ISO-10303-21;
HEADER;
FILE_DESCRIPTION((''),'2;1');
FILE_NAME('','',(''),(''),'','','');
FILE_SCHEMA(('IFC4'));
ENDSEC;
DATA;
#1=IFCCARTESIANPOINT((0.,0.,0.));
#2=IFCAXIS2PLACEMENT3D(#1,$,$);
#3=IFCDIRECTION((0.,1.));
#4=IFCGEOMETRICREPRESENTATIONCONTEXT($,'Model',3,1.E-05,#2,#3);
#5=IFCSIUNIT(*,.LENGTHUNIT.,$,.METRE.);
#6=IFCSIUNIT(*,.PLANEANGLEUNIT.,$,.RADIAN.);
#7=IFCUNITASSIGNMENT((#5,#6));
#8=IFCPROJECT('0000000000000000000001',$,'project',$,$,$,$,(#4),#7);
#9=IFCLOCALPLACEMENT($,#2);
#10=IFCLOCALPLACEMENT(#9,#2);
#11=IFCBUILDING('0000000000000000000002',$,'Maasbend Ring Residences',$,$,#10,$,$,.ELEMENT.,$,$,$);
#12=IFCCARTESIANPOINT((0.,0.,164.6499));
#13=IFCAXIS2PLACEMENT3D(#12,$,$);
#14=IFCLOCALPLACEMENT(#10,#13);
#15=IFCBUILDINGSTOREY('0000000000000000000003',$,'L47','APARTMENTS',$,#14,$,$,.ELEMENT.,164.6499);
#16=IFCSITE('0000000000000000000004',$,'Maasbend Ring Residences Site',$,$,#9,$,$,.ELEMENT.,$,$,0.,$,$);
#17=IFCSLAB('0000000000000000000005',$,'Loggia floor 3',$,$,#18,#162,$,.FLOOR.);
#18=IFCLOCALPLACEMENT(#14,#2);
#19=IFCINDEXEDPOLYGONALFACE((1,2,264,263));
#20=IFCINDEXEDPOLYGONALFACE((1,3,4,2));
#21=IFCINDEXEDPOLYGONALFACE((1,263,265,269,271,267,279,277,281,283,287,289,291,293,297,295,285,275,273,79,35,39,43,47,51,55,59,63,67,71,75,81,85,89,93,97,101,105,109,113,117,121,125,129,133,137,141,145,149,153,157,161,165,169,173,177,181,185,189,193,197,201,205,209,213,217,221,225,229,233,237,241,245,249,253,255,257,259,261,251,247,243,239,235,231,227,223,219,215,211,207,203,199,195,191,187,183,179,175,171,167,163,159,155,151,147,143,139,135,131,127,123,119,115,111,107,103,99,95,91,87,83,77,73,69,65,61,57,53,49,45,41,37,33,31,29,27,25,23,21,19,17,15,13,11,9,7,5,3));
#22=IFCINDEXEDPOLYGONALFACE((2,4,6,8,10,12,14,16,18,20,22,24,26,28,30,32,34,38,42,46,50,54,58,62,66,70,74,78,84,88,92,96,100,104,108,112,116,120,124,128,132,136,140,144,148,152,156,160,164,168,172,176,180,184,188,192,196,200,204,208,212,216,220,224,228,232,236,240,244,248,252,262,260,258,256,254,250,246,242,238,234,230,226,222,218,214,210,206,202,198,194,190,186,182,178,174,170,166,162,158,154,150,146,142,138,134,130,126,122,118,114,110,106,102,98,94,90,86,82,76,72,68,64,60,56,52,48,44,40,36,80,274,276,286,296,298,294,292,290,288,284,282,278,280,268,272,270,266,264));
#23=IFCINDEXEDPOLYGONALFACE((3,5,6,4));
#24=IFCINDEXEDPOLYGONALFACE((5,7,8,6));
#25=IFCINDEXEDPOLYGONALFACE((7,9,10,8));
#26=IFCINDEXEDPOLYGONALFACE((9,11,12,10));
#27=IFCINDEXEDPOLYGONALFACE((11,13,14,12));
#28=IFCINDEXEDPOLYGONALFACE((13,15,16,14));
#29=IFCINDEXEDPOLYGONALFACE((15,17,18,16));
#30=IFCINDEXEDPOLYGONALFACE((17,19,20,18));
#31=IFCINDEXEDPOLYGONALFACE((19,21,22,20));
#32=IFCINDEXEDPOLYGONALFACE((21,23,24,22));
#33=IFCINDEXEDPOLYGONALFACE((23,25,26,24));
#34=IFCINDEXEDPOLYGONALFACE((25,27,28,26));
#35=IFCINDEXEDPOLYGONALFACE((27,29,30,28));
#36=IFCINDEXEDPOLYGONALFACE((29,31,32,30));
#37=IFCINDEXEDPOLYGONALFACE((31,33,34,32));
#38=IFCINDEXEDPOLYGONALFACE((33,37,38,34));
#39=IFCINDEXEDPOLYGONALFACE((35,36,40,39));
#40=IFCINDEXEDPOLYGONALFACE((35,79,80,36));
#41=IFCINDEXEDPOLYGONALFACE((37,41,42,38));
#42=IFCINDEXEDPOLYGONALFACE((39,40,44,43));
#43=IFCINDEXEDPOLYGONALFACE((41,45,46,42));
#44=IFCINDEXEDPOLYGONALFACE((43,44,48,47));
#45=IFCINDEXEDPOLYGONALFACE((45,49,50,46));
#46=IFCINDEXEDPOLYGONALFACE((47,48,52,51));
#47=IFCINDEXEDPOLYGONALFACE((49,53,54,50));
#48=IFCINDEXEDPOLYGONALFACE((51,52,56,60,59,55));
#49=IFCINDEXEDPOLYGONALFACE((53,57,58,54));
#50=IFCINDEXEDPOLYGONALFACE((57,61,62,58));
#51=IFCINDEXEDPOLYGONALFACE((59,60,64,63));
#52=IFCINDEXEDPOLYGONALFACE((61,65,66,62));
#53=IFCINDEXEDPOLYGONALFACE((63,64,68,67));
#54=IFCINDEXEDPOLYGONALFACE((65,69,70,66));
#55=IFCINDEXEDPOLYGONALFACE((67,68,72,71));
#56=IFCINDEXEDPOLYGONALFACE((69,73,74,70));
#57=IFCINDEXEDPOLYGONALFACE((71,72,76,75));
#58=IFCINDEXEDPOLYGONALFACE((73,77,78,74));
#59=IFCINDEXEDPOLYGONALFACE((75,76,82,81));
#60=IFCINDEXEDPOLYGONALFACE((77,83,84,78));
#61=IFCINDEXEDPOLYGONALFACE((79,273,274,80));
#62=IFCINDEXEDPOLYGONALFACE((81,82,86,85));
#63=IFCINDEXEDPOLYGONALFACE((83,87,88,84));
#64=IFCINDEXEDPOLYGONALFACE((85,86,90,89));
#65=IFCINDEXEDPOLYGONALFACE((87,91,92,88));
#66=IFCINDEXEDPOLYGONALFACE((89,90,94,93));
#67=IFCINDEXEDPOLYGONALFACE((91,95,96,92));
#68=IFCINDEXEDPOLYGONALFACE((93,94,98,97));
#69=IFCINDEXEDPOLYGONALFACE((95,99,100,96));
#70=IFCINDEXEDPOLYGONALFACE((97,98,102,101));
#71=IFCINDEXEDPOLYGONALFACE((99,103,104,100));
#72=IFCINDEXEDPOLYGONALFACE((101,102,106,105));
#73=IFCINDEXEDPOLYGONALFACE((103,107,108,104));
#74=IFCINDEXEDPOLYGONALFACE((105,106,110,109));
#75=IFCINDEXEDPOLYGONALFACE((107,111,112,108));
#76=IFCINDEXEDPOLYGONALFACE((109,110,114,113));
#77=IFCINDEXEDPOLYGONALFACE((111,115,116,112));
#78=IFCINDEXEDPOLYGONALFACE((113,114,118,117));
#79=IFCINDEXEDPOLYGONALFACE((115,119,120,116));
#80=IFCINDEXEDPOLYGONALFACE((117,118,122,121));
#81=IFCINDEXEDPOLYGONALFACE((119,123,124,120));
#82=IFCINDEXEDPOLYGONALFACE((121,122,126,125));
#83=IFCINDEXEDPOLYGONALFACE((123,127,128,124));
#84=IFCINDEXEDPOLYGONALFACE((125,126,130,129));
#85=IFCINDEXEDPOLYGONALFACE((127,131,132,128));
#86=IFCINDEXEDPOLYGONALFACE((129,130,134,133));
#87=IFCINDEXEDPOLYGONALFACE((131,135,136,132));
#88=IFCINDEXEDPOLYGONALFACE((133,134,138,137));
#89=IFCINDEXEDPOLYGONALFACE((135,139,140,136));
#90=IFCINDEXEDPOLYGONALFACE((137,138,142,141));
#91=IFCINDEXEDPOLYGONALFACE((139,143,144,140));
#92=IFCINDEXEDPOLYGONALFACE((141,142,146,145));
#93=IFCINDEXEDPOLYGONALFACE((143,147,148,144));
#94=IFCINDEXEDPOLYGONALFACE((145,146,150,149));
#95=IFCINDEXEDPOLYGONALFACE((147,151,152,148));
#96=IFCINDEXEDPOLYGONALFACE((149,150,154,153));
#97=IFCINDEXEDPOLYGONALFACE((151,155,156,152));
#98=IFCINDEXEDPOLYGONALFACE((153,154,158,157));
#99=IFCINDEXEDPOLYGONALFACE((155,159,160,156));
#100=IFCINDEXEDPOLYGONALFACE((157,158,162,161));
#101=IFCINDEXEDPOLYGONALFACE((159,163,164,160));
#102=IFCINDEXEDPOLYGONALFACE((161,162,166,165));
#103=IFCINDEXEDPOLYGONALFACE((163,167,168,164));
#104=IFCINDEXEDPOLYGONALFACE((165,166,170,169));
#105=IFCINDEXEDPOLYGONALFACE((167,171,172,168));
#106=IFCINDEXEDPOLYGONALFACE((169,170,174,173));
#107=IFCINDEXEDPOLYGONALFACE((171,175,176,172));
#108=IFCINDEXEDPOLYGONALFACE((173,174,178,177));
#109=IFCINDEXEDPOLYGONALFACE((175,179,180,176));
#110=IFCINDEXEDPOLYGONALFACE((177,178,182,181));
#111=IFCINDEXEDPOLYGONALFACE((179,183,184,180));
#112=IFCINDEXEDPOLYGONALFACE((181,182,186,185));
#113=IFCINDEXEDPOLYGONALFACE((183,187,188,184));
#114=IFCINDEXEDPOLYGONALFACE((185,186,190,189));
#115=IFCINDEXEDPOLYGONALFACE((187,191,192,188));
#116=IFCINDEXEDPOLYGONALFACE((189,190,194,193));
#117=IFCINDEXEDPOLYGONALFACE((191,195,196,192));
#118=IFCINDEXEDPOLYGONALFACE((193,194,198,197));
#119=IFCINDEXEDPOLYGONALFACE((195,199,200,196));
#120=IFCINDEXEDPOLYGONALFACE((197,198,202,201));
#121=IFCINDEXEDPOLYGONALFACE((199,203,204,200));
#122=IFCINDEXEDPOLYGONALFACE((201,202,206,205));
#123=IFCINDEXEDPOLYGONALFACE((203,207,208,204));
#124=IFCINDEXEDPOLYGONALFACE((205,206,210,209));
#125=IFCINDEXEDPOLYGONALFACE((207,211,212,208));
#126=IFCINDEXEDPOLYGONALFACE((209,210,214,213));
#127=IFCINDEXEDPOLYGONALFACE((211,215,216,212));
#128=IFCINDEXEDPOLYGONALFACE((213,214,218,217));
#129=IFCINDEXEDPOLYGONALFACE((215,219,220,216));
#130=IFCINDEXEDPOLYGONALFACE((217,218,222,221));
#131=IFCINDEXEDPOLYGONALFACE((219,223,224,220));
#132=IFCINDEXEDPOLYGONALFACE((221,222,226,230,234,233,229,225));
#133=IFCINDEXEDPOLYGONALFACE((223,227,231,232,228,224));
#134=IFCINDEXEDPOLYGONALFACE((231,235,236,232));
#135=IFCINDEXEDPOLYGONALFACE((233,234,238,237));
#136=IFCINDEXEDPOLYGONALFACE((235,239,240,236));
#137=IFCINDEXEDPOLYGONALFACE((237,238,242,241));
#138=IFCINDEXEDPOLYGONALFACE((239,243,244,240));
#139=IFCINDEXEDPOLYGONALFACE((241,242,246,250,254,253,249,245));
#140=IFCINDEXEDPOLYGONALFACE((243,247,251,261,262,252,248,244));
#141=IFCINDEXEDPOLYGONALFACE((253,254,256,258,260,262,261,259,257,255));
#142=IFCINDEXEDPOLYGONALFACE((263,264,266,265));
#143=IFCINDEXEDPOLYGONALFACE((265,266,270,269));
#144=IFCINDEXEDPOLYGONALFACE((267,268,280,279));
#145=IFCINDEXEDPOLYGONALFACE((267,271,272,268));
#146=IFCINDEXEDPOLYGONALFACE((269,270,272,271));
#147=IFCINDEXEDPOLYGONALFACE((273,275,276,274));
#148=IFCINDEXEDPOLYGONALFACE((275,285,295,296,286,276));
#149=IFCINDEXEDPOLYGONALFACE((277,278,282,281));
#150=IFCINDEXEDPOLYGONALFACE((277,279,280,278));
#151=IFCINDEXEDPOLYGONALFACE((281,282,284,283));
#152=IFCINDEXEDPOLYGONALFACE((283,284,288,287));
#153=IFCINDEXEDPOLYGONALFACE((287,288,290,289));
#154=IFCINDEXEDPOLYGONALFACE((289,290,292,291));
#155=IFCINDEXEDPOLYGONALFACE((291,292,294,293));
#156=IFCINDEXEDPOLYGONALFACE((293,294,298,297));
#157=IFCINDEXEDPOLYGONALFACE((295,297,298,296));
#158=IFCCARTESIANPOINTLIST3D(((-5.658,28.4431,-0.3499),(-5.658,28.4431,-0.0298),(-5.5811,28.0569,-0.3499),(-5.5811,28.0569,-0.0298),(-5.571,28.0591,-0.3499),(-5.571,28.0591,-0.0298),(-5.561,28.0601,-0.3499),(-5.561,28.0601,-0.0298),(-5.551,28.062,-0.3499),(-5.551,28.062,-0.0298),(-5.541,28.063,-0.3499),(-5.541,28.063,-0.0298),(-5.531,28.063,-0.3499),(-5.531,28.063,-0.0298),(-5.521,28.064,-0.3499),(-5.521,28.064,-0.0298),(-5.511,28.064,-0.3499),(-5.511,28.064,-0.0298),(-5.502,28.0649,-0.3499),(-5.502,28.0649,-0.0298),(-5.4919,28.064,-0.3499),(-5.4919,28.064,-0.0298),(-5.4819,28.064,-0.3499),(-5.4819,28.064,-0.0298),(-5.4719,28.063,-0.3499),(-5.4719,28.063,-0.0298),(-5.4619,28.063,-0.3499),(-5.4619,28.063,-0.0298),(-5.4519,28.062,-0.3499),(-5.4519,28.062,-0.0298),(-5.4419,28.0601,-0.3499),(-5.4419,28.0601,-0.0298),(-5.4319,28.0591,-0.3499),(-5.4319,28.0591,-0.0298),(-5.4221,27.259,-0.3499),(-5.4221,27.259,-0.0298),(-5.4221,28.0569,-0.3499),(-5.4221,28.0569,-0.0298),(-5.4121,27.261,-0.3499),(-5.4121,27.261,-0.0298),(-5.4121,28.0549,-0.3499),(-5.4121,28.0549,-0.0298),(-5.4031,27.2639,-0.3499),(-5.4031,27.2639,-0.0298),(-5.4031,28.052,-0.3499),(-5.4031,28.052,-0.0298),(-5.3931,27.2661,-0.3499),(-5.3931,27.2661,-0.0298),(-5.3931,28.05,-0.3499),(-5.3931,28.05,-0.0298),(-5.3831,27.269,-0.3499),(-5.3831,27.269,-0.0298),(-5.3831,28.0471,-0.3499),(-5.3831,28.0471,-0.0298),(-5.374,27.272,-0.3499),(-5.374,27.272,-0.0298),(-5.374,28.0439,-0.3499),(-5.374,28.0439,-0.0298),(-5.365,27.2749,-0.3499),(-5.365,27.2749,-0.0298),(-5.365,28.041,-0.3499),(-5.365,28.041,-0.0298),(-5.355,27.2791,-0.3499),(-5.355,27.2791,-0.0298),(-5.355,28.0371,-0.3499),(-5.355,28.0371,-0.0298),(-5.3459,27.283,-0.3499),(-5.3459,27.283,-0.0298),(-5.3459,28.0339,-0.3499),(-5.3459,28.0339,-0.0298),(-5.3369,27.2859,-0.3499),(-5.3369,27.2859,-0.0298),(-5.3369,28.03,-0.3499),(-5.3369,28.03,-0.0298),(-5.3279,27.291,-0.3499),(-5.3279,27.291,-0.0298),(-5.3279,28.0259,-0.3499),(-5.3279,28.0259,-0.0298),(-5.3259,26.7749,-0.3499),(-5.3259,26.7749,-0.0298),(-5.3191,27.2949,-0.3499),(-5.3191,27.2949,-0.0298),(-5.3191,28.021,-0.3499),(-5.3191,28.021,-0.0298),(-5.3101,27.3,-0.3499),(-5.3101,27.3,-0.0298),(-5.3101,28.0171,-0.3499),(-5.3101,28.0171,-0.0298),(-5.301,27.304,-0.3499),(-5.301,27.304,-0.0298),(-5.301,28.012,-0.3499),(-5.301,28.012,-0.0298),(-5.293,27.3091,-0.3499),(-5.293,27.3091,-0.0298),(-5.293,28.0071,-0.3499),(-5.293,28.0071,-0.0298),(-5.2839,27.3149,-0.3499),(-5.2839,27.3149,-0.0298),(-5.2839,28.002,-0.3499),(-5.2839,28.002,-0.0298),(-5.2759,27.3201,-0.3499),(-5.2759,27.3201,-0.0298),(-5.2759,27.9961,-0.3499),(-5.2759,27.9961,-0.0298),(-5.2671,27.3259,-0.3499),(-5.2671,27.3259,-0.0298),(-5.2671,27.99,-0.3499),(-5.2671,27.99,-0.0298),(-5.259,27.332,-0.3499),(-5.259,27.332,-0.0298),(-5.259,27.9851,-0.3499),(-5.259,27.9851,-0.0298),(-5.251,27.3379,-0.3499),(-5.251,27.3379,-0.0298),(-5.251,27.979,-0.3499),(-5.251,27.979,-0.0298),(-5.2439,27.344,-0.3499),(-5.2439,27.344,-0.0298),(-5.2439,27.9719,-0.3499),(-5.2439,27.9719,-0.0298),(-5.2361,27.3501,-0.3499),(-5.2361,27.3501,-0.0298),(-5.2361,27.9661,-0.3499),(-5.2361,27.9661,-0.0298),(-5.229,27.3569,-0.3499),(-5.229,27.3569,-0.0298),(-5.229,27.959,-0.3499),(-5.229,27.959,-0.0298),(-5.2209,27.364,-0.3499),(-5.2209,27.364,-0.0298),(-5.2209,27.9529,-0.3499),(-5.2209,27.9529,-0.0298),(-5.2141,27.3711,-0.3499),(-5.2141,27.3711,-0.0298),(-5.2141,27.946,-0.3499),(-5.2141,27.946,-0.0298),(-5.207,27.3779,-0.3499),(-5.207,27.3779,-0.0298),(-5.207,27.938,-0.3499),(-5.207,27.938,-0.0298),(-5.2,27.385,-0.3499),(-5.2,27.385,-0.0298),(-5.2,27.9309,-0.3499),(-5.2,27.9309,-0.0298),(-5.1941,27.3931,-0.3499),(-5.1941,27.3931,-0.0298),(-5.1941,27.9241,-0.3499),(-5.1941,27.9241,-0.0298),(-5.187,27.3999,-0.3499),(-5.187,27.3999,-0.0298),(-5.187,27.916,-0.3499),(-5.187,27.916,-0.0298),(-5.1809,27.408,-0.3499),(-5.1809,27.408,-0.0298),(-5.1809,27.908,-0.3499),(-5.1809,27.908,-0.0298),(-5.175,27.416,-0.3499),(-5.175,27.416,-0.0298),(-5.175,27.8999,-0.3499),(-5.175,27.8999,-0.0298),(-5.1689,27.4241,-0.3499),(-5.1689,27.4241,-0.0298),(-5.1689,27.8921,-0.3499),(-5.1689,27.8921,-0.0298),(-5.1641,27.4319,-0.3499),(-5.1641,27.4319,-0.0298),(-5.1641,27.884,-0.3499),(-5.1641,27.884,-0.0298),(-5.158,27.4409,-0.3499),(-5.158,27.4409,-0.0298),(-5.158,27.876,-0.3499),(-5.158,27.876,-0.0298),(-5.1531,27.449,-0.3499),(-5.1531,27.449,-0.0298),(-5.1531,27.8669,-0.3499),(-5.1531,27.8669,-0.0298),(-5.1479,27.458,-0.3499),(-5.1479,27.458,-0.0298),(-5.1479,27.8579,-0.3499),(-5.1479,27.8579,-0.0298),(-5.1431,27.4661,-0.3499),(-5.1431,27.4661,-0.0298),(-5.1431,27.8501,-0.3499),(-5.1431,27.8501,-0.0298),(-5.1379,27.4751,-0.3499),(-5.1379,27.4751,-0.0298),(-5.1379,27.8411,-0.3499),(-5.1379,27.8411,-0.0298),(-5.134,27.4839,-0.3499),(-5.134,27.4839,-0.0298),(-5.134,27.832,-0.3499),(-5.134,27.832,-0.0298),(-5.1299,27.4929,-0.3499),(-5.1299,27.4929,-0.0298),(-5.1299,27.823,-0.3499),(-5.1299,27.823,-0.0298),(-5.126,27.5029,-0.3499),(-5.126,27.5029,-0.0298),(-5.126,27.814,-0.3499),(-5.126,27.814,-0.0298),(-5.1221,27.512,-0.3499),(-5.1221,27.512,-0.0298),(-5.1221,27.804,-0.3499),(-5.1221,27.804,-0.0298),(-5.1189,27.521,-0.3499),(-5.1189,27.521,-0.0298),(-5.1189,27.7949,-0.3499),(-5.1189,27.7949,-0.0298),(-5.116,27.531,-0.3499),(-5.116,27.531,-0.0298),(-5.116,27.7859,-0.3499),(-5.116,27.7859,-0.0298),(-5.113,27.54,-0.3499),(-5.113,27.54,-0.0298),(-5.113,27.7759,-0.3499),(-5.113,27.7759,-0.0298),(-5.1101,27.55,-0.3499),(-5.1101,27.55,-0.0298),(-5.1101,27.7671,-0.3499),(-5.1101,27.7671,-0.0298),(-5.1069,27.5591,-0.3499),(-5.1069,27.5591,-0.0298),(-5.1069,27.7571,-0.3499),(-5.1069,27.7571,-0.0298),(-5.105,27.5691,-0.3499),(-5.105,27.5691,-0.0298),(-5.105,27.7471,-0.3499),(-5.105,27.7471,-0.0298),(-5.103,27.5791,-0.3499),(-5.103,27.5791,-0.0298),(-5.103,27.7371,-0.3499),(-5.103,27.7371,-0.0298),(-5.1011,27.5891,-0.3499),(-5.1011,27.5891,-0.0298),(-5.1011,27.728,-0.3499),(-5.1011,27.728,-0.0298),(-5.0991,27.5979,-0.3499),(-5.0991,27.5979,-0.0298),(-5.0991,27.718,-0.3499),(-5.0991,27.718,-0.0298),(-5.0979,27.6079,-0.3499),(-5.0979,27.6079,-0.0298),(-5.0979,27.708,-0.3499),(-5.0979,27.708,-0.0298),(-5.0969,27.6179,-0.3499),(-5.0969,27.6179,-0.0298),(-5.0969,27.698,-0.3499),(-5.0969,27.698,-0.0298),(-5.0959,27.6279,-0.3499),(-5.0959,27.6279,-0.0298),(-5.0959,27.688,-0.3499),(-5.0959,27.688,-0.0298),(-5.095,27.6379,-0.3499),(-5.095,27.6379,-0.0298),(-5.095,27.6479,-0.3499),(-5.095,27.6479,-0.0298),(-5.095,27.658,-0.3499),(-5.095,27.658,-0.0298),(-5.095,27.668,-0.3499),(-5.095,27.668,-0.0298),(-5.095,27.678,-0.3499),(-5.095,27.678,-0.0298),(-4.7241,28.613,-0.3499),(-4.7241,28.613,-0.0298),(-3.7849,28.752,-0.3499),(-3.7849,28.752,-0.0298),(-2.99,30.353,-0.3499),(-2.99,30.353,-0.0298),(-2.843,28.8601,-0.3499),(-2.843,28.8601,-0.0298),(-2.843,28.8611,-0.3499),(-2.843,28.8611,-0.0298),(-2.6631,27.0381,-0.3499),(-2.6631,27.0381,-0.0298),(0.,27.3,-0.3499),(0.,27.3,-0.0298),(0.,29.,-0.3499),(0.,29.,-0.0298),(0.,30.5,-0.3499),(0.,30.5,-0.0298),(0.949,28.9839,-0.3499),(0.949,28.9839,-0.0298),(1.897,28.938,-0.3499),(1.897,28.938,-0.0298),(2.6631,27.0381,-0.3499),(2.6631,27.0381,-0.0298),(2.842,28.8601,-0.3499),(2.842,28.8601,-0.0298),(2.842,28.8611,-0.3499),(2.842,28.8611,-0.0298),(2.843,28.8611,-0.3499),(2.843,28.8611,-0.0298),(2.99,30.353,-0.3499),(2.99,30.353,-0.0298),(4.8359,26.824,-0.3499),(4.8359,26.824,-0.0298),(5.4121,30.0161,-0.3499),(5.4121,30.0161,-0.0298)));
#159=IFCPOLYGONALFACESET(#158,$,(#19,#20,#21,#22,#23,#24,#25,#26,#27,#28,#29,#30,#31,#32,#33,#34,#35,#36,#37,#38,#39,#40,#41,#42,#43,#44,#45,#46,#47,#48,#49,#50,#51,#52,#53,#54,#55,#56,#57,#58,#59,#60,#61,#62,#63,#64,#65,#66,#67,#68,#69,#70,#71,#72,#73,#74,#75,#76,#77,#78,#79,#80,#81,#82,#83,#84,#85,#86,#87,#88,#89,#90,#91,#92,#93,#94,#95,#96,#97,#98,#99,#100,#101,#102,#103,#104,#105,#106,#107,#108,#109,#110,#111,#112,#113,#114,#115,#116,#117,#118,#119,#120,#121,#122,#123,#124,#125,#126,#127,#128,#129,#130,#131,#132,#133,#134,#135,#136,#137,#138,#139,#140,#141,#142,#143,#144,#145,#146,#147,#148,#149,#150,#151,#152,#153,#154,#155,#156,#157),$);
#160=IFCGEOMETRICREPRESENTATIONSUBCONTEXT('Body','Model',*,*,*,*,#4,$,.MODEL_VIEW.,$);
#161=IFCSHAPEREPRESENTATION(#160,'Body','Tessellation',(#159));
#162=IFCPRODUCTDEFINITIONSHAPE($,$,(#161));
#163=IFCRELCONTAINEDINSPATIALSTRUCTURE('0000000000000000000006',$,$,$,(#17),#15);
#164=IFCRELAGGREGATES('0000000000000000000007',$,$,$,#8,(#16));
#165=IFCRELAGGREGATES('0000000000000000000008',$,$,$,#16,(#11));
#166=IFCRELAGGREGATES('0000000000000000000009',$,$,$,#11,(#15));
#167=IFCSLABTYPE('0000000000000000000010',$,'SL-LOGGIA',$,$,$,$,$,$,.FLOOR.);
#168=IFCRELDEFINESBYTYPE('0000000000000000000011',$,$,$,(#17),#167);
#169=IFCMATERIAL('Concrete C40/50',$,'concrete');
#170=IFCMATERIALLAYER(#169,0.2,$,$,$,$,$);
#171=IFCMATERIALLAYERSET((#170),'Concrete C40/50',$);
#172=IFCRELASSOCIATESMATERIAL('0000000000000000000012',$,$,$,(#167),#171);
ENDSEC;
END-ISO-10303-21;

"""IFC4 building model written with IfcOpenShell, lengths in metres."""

from ifc_helpers import new_model, si_unit, direction, frame, origin, place, context, subcontext, project, spatial, polyline, outline, extrude, material, layer, layer_set, type_object, element, save


model = new_model("IFC4")

# Units and contexts
model_context = context("Model", 3, precision=1e-05, world=origin(), true_north=direction((0.0, 1.0)))
body_context = subcontext(model_context, "Body", "Model", "MODEL_VIEW")
ifc_project = project(units=[si_unit("LENGTHUNIT", "METRE"), si_unit("PLANEANGLEUNIT", "RADIAN")], contexts=[model_context])

# Site, building, storey
site_placement = place(None, origin())
site = spatial("IfcSite", under=ifc_project, at=site_placement, Name="Maasbend Ring Residences Site", CompositionType="ELEMENT", RefElevation=0.0)
building_placement = place(site_placement, origin())
building = spatial("IfcBuilding", under=site, at=building_placement, Name="Maasbend Ring Residences", CompositionType="ELEMENT")
storey_placement = place(building_placement, frame((0.0, 0.0, 164.6499)))
storey = spatial("IfcBuildingStorey", under=building, at=storey_placement, Name="L47", Description="APARTMENTS", CompositionType="ELEMENT", Elevation=164.6499)

# Slab
ifc_material_1 = material(Name="Concrete C40/50", Category="concrete")
ifc_layer_1 = layer(ifc_material_1, 0.2)
ifc_layer_set_1 = layer_set([ifc_layer_1], Name="Concrete C40/50")
slab_type = type_object("IfcSlabType", Name="SL-LOGGIA", PredefinedType="FLOOR", material=ifc_layer_set_1)
slab_1_placement = place(storey_placement, frame((0.0, 0.0, -0.3499)))
element("IfcSlab", 1, at=slab_1_placement, inside=storey, type_object=slab_type, Name="Loggia floor 3", PredefinedType="FLOOR", context=body_context, shape_type="SweptSolid", body=[
    extrude(outline(polyline([(-3.7849, 28.752), (-2.843, 28.8601), (-2.843, 28.8601), (-2.843, 28.8601), (-2.843, 28.8601), (-2.843, 28.8601), (-2.843, 28.8601), (-2.843, 28.8601), (-2.843, 28.8601), (-2.843, 28.8601), (-2.843, 28.8611), (-2.843, 28.8611), (-2.843, 28.8611), (-2.843, 28.8611), (-2.843, 28.8611), (-2.843, 28.8611), (-2.843, 28.8611), (-2.843, 28.8611), (-2.99, 30.353), (-2.99, 30.353), (-2.99, 30.353), (0.0, 30.5), (0.0, 30.5), (0.0, 30.5), (0.0, 29.0), (0.0, 29.0), (0.0, 29.0), (0.0, 29.0), (0.0, 29.0), (0.0, 29.0), (0.0, 29.0), (0.0, 29.0), (0.0, 29.0), (0.0, 29.0), (0.0, 29.0), (0.0, 29.0), (0.0, 29.0), (0.0, 29.0), (0.0, 29.0), (0.0, 29.0), (0.0, 29.0), (0.949, 28.9839), (0.949, 28.9839), (1.897, 28.938), (1.897, 28.938), (2.842, 28.8601), (2.842, 28.8601), (2.842, 28.8601), (2.842, 28.8601), (2.842, 28.8601), (2.842, 28.8601), (2.842, 28.8601), (2.842, 28.8601), (2.842, 28.8611), (2.842, 28.8611), (2.842, 28.8611), (2.842, 28.8611), (2.842, 28.8611), (2.843, 28.8611), (2.843, 28.8611), (2.843, 28.8611), (2.843, 28.8611), (2.99, 30.353), (2.99, 30.353), (2.99, 30.353), (5.4121, 30.0161), (5.4121, 30.0161), (5.4121, 30.0161), (4.8359, 26.824), (4.8359, 26.824), (4.8359, 26.824), (2.6631, 27.0381), (0.0, 27.3), (0.0, 27.3), (0.0, 27.3), (-2.6631, 27.0381), (-5.3259, 26.7749), (-5.3259, 26.7749), (-5.3259, 26.7749), (-5.4221, 27.259), (-5.4221, 27.259), (-5.4121, 27.261), (-5.4031, 27.2639), (-5.3931, 27.2661), (-5.3831, 27.269), (-5.374, 27.272), (-5.365, 27.2749), (-5.355, 27.2791), (-5.3459, 27.283), (-5.3369, 27.2859), (-5.3279, 27.291), (-5.3191, 27.2949), (-5.3101, 27.3), (-5.301, 27.304), (-5.293, 27.3091), (-5.2839, 27.3149), (-5.2759, 27.3201), (-5.2671, 27.3259), (-5.259, 27.332), (-5.251, 27.3379), (-5.2439, 27.344), (-5.2361, 27.3501), (-5.229, 27.3569), (-5.2209, 27.364), (-5.2141, 27.3711), (-5.207, 27.3779), (-5.2, 27.385), (-5.1941, 27.3931), (-5.187, 27.3999), (-5.1809, 27.408), (-5.175, 27.416), (-5.1689, 27.4241), (-5.1641, 27.4319), (-5.158, 27.4409), (-5.1531, 27.449), (-5.1479, 27.458), (-5.1431, 27.4661), (-5.1379, 27.4751), (-5.134, 27.4839), (-5.1299, 27.4929), (-5.126, 27.5029), (-5.1221, 27.512), (-5.1189, 27.521), (-5.116, 27.531), (-5.113, 27.54), (-5.1101, 27.55), (-5.1069, 27.5591), (-5.105, 27.5691), (-5.103, 27.5791), (-5.1011, 27.5891), (-5.0991, 27.5979), (-5.0979, 27.6079), (-5.0969, 27.6179), (-5.0959, 27.6279), (-5.095, 27.6379), (-5.095, 27.6479), (-5.095, 27.658), (-5.095, 27.668), (-5.095, 27.678), (-5.0959, 27.688), (-5.0969, 27.698), (-5.0979, 27.708), (-5.0991, 27.718), (-5.1011, 27.728), (-5.103, 27.7371), (-5.105, 27.7471), (-5.1069, 27.7571), (-5.1101, 27.7671), (-5.113, 27.7759), (-5.116, 27.7859), (-5.1189, 27.7949), (-5.1221, 27.804), (-5.126, 27.814), (-5.1299, 27.823), (-5.134, 27.832), (-5.1379, 27.8411), (-5.1431, 27.8501), (-5.1479, 27.8579), (-5.1531, 27.8669), (-5.158, 27.876), (-5.1641, 27.884), (-5.1689, 27.8921), (-5.175, 27.8999), (-5.1809, 27.908), (-5.187, 27.916), (-5.1941, 27.9241), (-5.2, 27.9309), (-5.207, 27.938), (-5.2141, 27.946), (-5.2209, 27.9529), (-5.229, 27.959), (-5.2361, 27.9661), (-5.2439, 27.9719), (-5.251, 27.979), (-5.259, 27.9851), (-5.2671, 27.99), (-5.2759, 27.9961), (-5.2839, 28.002), (-5.293, 28.0071), (-5.301, 28.012), (-5.3101, 28.0171), (-5.3191, 28.021), (-5.3279, 28.0259), (-5.3369, 28.03), (-5.3459, 28.0339), (-5.355, 28.0371), (-5.365, 28.041), (-5.374, 28.0439), (-5.3831, 28.0471), (-5.3931, 28.05), (-5.4031, 28.052), (-5.4121, 28.0549), (-5.4221, 28.0569), (-5.4319, 28.0591), (-5.4419, 28.0601), (-5.4519, 28.062), (-5.4619, 28.063), (-5.4719, 28.063), (-5.4819, 28.064), (-5.4919, 28.064), (-5.502, 28.0649), (-5.511, 28.064), (-5.521, 28.064), (-5.531, 28.063), (-5.541, 28.063), (-5.551, 28.062), (-5.561, 28.0601), (-5.571, 28.0591), (-5.5811, 28.0569), (-5.5811, 28.0569), (-5.658, 28.4431), (-5.658, 28.4431), (-5.658, 28.4431), (-4.7241, 28.613), (-4.7241, 28.613), (-3.7849, 28.752), (-3.7849, 28.752)])), origin(), (0.0, 0.0, 1.0), 0.3201),
])

save(model, "model.ifc")
